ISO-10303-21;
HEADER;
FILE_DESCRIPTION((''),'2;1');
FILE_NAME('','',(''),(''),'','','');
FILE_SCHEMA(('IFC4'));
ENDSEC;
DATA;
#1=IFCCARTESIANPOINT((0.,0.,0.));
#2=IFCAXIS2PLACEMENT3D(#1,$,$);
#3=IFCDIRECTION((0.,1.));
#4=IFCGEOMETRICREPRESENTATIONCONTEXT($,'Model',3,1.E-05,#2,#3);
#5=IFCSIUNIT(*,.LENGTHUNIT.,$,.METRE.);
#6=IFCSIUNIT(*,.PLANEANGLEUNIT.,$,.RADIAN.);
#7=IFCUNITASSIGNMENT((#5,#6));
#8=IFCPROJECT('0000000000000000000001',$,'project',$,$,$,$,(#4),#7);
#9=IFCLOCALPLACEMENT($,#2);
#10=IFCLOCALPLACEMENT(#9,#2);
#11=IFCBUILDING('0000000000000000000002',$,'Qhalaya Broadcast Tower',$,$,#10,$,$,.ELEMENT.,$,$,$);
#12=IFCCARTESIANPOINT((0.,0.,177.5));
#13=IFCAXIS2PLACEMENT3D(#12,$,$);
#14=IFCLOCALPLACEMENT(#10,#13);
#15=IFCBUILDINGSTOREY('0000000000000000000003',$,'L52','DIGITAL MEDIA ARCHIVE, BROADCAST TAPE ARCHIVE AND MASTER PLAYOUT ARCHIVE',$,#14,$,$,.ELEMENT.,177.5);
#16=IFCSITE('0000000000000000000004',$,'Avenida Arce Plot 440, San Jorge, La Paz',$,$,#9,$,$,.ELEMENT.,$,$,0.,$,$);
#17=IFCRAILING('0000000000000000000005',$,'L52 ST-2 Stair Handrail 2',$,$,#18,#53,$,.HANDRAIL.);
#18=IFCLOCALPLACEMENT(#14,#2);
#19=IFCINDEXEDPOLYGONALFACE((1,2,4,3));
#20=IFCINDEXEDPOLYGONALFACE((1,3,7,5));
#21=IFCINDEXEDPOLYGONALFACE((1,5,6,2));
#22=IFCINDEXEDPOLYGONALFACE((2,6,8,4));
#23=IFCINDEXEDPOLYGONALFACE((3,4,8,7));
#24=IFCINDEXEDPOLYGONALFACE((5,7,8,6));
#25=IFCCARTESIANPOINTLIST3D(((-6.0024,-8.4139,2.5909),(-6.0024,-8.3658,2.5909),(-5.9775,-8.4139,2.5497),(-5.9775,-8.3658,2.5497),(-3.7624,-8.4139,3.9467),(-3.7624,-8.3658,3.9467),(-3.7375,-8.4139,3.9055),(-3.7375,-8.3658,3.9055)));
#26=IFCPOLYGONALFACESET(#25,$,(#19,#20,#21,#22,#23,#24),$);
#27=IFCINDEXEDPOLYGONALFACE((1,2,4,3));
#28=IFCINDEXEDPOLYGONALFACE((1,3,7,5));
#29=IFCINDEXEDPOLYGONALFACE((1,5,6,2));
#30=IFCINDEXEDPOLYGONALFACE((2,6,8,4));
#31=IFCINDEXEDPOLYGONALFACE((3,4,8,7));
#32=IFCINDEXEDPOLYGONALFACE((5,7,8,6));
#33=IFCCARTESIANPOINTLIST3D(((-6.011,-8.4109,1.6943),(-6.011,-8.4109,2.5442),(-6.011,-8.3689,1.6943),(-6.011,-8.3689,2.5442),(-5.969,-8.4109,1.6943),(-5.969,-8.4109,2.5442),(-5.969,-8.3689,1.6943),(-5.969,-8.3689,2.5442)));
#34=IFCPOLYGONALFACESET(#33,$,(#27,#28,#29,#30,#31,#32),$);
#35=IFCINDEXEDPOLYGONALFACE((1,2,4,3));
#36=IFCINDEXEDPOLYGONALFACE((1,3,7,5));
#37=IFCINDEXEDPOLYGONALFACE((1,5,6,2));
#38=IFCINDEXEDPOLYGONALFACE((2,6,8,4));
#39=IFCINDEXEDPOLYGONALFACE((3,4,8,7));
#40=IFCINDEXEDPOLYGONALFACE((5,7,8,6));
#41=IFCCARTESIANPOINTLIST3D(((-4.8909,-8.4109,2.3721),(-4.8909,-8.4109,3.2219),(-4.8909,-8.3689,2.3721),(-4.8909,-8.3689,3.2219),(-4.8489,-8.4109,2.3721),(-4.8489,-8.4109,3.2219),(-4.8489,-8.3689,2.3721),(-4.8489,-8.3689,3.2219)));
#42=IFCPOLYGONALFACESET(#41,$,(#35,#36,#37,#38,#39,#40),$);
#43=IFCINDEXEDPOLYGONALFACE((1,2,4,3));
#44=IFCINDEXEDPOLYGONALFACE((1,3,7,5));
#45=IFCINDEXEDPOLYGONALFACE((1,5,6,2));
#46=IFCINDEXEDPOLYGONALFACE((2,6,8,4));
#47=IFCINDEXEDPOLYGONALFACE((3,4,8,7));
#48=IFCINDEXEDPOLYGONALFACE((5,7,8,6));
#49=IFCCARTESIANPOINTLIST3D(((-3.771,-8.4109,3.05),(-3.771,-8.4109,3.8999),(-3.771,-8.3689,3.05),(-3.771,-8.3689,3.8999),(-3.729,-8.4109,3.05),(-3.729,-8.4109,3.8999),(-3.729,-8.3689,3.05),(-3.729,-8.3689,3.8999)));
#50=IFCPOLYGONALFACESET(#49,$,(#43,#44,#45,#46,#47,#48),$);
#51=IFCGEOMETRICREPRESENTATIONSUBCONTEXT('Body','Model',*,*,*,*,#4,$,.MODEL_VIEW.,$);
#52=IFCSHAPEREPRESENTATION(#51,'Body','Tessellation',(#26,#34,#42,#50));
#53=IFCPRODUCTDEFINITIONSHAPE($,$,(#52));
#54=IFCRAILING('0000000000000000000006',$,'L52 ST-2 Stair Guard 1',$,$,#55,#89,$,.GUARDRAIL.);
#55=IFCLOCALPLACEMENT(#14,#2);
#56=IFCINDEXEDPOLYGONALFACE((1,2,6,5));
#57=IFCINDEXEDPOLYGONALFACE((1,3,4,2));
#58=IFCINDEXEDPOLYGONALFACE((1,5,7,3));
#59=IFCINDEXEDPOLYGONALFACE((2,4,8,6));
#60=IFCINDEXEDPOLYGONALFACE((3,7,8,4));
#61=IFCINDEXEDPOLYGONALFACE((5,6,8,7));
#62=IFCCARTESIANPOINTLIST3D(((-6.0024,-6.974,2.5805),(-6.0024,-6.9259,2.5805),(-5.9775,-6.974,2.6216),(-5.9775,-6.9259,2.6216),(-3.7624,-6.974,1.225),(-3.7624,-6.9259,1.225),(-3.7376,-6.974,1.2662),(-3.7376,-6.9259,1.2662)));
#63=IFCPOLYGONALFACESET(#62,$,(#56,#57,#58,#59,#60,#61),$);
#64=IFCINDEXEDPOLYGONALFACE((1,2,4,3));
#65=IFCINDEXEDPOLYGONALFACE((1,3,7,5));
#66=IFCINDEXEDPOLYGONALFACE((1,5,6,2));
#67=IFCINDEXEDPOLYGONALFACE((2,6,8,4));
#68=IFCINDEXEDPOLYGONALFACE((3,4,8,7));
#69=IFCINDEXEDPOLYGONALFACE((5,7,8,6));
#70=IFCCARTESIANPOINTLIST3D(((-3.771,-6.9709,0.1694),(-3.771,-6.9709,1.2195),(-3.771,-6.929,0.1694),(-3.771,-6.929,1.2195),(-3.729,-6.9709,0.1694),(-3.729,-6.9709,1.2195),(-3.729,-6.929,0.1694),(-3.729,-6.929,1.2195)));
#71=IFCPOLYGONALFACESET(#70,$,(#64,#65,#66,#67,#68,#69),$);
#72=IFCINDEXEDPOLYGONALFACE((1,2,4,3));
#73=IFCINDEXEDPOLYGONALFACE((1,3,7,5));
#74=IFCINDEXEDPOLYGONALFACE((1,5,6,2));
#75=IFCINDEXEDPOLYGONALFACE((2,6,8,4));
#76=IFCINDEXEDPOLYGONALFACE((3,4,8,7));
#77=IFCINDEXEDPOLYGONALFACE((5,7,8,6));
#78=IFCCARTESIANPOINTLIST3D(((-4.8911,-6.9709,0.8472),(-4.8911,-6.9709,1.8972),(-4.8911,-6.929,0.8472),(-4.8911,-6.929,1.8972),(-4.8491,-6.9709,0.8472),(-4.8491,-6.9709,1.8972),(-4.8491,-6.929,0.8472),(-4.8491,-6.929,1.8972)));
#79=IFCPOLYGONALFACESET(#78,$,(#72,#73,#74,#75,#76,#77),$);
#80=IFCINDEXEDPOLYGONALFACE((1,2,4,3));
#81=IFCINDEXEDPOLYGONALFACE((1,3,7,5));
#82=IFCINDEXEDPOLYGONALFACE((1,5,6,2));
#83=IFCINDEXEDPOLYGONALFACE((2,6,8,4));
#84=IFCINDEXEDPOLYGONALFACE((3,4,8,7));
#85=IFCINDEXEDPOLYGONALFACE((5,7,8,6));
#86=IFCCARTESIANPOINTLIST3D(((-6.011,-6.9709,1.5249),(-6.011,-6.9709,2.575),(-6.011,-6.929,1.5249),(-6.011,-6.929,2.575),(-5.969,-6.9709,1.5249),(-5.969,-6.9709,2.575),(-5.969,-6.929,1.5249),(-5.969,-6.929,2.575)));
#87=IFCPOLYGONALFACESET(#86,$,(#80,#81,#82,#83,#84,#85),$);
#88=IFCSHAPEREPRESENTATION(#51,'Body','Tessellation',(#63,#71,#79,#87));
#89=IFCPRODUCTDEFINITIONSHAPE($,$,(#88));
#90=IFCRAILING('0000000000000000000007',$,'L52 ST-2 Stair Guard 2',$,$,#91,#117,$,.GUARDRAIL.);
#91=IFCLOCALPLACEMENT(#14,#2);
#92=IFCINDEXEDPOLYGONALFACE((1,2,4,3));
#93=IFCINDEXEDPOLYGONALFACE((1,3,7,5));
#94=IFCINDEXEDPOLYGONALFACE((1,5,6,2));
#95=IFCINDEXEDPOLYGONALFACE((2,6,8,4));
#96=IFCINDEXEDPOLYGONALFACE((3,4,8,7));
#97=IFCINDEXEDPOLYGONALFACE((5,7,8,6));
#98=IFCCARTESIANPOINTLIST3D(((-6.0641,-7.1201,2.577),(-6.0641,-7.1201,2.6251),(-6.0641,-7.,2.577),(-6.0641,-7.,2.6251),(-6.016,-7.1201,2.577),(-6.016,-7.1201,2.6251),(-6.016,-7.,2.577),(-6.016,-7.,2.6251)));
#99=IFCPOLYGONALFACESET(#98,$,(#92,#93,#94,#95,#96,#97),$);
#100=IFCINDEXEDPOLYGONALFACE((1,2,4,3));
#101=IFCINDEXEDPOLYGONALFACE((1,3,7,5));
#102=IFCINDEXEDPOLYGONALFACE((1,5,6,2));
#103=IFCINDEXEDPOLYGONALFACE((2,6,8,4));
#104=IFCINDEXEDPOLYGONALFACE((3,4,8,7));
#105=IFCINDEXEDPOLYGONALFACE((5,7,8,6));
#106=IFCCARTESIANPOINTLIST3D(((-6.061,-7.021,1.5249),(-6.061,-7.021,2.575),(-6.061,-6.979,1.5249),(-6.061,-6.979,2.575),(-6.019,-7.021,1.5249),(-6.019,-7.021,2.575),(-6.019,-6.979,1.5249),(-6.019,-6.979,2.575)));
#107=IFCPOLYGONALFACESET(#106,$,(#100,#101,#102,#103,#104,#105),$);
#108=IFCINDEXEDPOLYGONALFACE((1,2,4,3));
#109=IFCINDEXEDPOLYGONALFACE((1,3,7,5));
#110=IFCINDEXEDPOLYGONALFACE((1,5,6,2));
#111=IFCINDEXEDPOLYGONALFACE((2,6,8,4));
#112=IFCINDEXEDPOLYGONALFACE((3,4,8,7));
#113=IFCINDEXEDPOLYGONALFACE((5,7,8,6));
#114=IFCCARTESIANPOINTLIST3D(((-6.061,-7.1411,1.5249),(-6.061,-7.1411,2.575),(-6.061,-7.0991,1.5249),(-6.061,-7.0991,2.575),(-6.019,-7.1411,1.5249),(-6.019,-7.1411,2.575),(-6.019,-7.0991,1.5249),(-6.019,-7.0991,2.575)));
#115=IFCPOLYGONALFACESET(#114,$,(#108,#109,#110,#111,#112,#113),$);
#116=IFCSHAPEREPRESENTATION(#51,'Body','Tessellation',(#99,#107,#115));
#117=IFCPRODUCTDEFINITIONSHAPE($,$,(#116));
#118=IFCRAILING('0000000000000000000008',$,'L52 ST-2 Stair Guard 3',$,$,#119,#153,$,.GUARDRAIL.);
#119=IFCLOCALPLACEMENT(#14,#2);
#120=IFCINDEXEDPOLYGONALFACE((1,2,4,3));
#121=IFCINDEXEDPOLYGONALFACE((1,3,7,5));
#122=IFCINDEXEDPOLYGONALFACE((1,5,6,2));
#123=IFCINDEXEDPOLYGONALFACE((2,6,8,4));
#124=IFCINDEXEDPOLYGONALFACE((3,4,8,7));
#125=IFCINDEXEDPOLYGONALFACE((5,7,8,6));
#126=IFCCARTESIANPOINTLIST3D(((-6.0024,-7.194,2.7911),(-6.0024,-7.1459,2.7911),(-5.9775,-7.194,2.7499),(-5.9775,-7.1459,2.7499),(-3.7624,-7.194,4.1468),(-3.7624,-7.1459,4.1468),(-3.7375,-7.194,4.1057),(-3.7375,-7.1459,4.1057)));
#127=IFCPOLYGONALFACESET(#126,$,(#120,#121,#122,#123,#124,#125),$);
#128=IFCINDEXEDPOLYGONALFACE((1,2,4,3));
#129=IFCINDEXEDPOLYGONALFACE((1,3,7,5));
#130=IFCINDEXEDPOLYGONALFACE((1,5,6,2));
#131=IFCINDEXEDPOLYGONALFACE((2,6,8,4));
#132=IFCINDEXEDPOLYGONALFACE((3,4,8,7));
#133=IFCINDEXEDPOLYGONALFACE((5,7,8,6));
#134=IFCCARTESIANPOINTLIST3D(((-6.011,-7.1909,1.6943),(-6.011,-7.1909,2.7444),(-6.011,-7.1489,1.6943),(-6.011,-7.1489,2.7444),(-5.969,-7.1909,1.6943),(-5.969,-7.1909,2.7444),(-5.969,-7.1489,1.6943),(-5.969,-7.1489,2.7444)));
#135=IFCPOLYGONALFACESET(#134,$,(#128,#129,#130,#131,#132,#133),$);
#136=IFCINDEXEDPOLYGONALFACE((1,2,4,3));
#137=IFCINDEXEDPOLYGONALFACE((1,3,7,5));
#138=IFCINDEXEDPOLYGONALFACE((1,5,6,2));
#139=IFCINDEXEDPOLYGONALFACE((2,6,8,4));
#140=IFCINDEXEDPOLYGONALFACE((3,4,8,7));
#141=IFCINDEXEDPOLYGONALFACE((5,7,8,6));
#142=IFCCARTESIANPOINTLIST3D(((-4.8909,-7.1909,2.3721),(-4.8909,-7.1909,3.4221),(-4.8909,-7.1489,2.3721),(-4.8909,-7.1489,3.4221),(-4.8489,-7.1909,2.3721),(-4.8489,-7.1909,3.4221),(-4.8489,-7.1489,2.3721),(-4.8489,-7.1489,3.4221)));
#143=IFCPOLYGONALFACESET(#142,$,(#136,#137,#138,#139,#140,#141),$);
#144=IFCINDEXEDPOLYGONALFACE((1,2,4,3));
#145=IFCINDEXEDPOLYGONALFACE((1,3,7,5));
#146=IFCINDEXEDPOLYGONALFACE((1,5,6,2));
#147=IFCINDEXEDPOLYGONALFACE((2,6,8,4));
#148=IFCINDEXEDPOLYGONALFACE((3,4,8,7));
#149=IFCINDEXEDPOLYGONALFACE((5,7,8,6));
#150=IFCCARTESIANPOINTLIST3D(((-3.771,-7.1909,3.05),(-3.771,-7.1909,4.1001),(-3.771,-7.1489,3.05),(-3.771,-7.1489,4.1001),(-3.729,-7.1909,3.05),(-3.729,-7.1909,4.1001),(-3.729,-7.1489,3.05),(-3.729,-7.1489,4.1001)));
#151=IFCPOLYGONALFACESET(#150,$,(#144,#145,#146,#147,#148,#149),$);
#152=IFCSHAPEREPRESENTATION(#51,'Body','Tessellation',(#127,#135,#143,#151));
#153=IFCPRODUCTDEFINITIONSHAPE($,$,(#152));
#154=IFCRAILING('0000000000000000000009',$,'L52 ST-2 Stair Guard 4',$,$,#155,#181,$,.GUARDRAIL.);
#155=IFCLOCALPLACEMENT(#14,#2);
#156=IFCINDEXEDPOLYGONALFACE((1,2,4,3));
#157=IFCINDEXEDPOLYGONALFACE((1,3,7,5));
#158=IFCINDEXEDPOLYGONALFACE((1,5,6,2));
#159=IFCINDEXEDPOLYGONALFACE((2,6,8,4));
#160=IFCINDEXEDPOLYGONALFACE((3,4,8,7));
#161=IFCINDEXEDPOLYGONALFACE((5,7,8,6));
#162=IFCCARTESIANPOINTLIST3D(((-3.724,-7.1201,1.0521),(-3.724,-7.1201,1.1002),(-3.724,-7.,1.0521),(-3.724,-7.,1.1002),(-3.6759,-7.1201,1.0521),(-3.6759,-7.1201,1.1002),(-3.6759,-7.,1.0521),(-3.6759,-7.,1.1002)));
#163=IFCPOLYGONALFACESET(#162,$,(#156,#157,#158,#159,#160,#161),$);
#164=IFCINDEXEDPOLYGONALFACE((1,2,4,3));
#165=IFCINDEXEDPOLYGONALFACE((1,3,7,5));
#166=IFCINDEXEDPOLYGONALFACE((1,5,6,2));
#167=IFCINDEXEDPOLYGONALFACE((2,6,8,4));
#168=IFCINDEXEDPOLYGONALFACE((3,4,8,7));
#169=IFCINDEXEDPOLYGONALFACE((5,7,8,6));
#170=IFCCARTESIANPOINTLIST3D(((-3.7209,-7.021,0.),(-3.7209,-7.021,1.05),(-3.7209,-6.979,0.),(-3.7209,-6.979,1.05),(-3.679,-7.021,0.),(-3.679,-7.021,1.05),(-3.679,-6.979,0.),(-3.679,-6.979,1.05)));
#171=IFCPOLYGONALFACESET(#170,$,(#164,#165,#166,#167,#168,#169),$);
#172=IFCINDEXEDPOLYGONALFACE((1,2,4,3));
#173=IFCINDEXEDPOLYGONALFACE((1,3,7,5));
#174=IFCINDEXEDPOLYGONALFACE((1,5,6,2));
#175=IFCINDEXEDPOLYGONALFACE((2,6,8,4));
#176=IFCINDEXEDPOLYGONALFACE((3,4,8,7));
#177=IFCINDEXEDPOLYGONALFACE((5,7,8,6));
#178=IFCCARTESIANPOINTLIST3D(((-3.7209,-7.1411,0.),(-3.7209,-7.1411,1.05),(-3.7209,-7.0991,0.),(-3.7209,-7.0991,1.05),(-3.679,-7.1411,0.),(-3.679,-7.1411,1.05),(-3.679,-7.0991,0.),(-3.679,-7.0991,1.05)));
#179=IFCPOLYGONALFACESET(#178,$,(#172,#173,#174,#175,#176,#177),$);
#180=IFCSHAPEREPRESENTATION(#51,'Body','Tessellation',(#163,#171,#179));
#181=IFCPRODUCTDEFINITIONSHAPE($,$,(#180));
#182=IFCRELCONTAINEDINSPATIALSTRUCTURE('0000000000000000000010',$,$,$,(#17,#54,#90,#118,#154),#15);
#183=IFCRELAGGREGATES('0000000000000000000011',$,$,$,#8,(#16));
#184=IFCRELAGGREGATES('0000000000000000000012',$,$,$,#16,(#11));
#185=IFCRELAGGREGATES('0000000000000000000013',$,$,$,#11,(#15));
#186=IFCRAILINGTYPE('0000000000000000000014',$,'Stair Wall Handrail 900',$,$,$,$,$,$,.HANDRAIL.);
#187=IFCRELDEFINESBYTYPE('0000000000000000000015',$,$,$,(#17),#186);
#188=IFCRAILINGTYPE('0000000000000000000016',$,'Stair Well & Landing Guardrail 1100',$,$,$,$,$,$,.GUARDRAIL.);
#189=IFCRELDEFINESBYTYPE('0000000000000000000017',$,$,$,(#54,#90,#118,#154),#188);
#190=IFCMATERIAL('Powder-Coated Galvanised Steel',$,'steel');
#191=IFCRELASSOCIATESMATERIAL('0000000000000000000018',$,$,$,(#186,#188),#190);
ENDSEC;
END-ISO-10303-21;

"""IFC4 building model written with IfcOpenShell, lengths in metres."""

from ifc_helpers import new_model, si_unit, direction, frame, origin, origin_2d, place, context, subcontext, project, spatial, rectangle, extrude, material, type_object, element, save


model = new_model("IFC4")

# Units and contexts
model_context = context("Model", 3, precision=1e-05, world=origin(), true_north=direction((0.0, 1.0)))
body_context = subcontext(model_context, "Body", "Model", "MODEL_VIEW")
ifc_project = project(units=[si_unit("LENGTHUNIT", "METRE"), si_unit("PLANEANGLEUNIT", "RADIAN")], contexts=[model_context])

# Site, building, storey
site_placement = place(None, origin())
site = spatial("IfcSite", under=ifc_project, at=site_placement, Name="Avenida Arce Plot 440, San Jorge, La Paz", CompositionType="ELEMENT", RefElevation=0.0)
building_placement = place(site_placement, origin())
building = spatial("IfcBuilding", under=site, at=building_placement, Name="Qhalaya Broadcast Tower", CompositionType="ELEMENT")
storey_placement = place(building_placement, frame((0.0, 0.0, 177.5)))
storey = spatial("IfcBuildingStorey", under=building, at=storey_placement, Name="L52", Description="DIGITAL MEDIA ARCHIVE, BROADCAST TAPE ARCHIVE AND MASTER PLAYOUT ARCHIVE", CompositionType="ELEMENT", Elevation=177.5)

# Railings
ifc_material_1 = material(Name="Powder-Coated Galvanised Steel", Category="steel")
railing_type_1 = type_object("IfcRailingType", Name="Stair Wall Handrail 900", PredefinedType="HANDRAIL", material=ifc_material_1)
railing_1_placement = place(storey_placement, frame((-5.99, -8.3899, 1.6943)))
element("IfcRailing", 1, at=railing_1_placement, inside=storey, type_object=railing_type_1, Name="L52 ST-2 Stair Handrail 2", PredefinedType="HANDRAIL", context=body_context, shape_type="SweptSolid", body=[
    extrude(rectangle(XDim=0.0481, YDim=0.0481, at=origin_2d()), frame((0.0, 0.0, 0.876), z_axis=(0.855512, 0.0, 0.517783), x_axis=(0.0, 1.0, 0.0)), (0.0, 0.0, 1.0), 2.6184),
    extrude(rectangle(XDim=0.042, YDim=0.042, at=origin_2d()), origin(), (0.0, 0.0, 1.0), 0.8499),
    extrude(rectangle(XDim=0.042, YDim=0.042, at=origin_2d()), frame((1.1201, 0.0, 0.6777)), (0.0, 0.0, 1.0), 0.8499),
    extrude(rectangle(XDim=0.042, YDim=0.042, at=origin_2d()), frame((2.24, 0.0, 1.3557)), (0.0, 0.0, 1.0), 0.8499),
])
railing_type_2 = type_object("IfcRailingType", Name="Stair Well & Landing Guardrail 1100", PredefinedType="GUARDRAIL", material=ifc_material_1)
railing_2_placement = place(storey_placement, frame((-3.75, -6.95, 0.1694)))
element("IfcRailing", 2, at=railing_2_placement, inside=storey, type_object=railing_type_2, Name="L52 ST-2 Stair Guard 1", PredefinedType="GUARDRAIL", context=body_context, shape_type="SweptSolid", body=[
    extrude(rectangle(XDim=0.0481, YDim=0.0481, at=origin_2d()), frame((0.0, 0.0, 1.0762), z_axis=(-0.855553, 0.0, 0.517715), x_axis=(0.0, -1.0, 0.0)), (0.0, 0.0, 1.0), 2.6182),
    extrude(rectangle(XDim=0.042, YDim=0.042, at=origin_2d()), origin(), (0.0, 0.0, 1.0), 1.05),
    extrude(rectangle(XDim=0.042, YDim=0.042, at=origin_2d()), frame((-1.1201, 0.0, 0.6777)), (0.0, 0.0, 1.0), 1.05),
    extrude(rectangle(XDim=0.042, YDim=0.042, at=origin_2d()), frame((-2.24, 0.0, 1.3555)), (0.0, 0.0, 1.0), 1.05),
])
railing_3_placement = place(storey_placement, frame((-6.04, -7.0, 1.5249)))
element("IfcRailing", 3, at=railing_3_placement, inside=storey, type_object=railing_type_2, Name="L52 ST-2 Stair Guard 2", PredefinedType="GUARDRAIL", context=body_context, shape_type="SweptSolid", body=[
    extrude(rectangle(XDim=0.0481, YDim=0.0481, at=origin_2d()), frame((0.0, 0.0, 1.0762), z_axis=(0.0, -1.0, 0.0), x_axis=(1.0, 0.0, 0.0)), (0.0, 0.0, 1.0), 0.1201),
    extrude(rectangle(XDim=0.042, YDim=0.042, at=origin_2d()), origin(), (0.0, 0.0, 1.0), 1.05),
    extrude(rectangle(XDim=0.042, YDim=0.042, at=origin_2d()), frame((0.0, -0.1201, 0.0)), (0.0, 0.0, 1.0), 1.05),
])
railing_4_placement = place(storey_placement, frame((-5.99, -7.1699, 1.6943)))
element("IfcRailing", 4, at=railing_4_placement, inside=storey, type_object=railing_type_2, Name="L52 ST-2 Stair Guard 3", PredefinedType="GUARDRAIL", context=body_context, shape_type="SweptSolid", body=[
    extrude(rectangle(XDim=0.0481, YDim=0.0481, at=origin_2d()), frame((0.0, 0.0, 1.0762), z_axis=(0.855512, 0.0, 0.517783), x_axis=(0.0, 1.0, 0.0)), (0.0, 0.0, 1.0), 2.6184),
    extrude(rectangle(XDim=0.042, YDim=0.042, at=origin_2d()), origin(), (0.0, 0.0, 1.0), 1.05),
    extrude(rectangle(XDim=0.042, YDim=0.042, at=origin_2d()), frame((1.1201, 0.0, 0.6777)), (0.0, 0.0, 1.0), 1.05),
    extrude(rectangle(XDim=0.042, YDim=0.042, at=origin_2d()), frame((2.24, 0.0, 1.3557)), (0.0, 0.0, 1.0), 1.05),
])
railing_5_placement = place(storey_placement, frame((-3.7, -7.0, 0.0)))
element("IfcRailing", 5, at=railing_5_placement, inside=storey, type_object=railing_type_2, Name="L52 ST-2 Stair Guard 4", PredefinedType="GUARDRAIL", context=body_context, shape_type="SweptSolid", body=[
    extrude(rectangle(XDim=0.0481, YDim=0.0481, at=origin_2d()), frame((0.0, 0.0, 1.0762), z_axis=(0.0, -1.0, 0.0), x_axis=(1.0, 0.0, 0.0)), (0.0, 0.0, 1.0), 0.1201),
    extrude(rectangle(XDim=0.042, YDim=0.042, at=origin_2d()), origin(), (0.0, 0.0, 1.0), 1.05),
    extrude(rectangle(XDim=0.042, YDim=0.042, at=origin_2d()), frame((0.0, -0.1201, 0.0)), (0.0, 0.0, 1.0), 1.05),
])

save(model, "model.ifc")
